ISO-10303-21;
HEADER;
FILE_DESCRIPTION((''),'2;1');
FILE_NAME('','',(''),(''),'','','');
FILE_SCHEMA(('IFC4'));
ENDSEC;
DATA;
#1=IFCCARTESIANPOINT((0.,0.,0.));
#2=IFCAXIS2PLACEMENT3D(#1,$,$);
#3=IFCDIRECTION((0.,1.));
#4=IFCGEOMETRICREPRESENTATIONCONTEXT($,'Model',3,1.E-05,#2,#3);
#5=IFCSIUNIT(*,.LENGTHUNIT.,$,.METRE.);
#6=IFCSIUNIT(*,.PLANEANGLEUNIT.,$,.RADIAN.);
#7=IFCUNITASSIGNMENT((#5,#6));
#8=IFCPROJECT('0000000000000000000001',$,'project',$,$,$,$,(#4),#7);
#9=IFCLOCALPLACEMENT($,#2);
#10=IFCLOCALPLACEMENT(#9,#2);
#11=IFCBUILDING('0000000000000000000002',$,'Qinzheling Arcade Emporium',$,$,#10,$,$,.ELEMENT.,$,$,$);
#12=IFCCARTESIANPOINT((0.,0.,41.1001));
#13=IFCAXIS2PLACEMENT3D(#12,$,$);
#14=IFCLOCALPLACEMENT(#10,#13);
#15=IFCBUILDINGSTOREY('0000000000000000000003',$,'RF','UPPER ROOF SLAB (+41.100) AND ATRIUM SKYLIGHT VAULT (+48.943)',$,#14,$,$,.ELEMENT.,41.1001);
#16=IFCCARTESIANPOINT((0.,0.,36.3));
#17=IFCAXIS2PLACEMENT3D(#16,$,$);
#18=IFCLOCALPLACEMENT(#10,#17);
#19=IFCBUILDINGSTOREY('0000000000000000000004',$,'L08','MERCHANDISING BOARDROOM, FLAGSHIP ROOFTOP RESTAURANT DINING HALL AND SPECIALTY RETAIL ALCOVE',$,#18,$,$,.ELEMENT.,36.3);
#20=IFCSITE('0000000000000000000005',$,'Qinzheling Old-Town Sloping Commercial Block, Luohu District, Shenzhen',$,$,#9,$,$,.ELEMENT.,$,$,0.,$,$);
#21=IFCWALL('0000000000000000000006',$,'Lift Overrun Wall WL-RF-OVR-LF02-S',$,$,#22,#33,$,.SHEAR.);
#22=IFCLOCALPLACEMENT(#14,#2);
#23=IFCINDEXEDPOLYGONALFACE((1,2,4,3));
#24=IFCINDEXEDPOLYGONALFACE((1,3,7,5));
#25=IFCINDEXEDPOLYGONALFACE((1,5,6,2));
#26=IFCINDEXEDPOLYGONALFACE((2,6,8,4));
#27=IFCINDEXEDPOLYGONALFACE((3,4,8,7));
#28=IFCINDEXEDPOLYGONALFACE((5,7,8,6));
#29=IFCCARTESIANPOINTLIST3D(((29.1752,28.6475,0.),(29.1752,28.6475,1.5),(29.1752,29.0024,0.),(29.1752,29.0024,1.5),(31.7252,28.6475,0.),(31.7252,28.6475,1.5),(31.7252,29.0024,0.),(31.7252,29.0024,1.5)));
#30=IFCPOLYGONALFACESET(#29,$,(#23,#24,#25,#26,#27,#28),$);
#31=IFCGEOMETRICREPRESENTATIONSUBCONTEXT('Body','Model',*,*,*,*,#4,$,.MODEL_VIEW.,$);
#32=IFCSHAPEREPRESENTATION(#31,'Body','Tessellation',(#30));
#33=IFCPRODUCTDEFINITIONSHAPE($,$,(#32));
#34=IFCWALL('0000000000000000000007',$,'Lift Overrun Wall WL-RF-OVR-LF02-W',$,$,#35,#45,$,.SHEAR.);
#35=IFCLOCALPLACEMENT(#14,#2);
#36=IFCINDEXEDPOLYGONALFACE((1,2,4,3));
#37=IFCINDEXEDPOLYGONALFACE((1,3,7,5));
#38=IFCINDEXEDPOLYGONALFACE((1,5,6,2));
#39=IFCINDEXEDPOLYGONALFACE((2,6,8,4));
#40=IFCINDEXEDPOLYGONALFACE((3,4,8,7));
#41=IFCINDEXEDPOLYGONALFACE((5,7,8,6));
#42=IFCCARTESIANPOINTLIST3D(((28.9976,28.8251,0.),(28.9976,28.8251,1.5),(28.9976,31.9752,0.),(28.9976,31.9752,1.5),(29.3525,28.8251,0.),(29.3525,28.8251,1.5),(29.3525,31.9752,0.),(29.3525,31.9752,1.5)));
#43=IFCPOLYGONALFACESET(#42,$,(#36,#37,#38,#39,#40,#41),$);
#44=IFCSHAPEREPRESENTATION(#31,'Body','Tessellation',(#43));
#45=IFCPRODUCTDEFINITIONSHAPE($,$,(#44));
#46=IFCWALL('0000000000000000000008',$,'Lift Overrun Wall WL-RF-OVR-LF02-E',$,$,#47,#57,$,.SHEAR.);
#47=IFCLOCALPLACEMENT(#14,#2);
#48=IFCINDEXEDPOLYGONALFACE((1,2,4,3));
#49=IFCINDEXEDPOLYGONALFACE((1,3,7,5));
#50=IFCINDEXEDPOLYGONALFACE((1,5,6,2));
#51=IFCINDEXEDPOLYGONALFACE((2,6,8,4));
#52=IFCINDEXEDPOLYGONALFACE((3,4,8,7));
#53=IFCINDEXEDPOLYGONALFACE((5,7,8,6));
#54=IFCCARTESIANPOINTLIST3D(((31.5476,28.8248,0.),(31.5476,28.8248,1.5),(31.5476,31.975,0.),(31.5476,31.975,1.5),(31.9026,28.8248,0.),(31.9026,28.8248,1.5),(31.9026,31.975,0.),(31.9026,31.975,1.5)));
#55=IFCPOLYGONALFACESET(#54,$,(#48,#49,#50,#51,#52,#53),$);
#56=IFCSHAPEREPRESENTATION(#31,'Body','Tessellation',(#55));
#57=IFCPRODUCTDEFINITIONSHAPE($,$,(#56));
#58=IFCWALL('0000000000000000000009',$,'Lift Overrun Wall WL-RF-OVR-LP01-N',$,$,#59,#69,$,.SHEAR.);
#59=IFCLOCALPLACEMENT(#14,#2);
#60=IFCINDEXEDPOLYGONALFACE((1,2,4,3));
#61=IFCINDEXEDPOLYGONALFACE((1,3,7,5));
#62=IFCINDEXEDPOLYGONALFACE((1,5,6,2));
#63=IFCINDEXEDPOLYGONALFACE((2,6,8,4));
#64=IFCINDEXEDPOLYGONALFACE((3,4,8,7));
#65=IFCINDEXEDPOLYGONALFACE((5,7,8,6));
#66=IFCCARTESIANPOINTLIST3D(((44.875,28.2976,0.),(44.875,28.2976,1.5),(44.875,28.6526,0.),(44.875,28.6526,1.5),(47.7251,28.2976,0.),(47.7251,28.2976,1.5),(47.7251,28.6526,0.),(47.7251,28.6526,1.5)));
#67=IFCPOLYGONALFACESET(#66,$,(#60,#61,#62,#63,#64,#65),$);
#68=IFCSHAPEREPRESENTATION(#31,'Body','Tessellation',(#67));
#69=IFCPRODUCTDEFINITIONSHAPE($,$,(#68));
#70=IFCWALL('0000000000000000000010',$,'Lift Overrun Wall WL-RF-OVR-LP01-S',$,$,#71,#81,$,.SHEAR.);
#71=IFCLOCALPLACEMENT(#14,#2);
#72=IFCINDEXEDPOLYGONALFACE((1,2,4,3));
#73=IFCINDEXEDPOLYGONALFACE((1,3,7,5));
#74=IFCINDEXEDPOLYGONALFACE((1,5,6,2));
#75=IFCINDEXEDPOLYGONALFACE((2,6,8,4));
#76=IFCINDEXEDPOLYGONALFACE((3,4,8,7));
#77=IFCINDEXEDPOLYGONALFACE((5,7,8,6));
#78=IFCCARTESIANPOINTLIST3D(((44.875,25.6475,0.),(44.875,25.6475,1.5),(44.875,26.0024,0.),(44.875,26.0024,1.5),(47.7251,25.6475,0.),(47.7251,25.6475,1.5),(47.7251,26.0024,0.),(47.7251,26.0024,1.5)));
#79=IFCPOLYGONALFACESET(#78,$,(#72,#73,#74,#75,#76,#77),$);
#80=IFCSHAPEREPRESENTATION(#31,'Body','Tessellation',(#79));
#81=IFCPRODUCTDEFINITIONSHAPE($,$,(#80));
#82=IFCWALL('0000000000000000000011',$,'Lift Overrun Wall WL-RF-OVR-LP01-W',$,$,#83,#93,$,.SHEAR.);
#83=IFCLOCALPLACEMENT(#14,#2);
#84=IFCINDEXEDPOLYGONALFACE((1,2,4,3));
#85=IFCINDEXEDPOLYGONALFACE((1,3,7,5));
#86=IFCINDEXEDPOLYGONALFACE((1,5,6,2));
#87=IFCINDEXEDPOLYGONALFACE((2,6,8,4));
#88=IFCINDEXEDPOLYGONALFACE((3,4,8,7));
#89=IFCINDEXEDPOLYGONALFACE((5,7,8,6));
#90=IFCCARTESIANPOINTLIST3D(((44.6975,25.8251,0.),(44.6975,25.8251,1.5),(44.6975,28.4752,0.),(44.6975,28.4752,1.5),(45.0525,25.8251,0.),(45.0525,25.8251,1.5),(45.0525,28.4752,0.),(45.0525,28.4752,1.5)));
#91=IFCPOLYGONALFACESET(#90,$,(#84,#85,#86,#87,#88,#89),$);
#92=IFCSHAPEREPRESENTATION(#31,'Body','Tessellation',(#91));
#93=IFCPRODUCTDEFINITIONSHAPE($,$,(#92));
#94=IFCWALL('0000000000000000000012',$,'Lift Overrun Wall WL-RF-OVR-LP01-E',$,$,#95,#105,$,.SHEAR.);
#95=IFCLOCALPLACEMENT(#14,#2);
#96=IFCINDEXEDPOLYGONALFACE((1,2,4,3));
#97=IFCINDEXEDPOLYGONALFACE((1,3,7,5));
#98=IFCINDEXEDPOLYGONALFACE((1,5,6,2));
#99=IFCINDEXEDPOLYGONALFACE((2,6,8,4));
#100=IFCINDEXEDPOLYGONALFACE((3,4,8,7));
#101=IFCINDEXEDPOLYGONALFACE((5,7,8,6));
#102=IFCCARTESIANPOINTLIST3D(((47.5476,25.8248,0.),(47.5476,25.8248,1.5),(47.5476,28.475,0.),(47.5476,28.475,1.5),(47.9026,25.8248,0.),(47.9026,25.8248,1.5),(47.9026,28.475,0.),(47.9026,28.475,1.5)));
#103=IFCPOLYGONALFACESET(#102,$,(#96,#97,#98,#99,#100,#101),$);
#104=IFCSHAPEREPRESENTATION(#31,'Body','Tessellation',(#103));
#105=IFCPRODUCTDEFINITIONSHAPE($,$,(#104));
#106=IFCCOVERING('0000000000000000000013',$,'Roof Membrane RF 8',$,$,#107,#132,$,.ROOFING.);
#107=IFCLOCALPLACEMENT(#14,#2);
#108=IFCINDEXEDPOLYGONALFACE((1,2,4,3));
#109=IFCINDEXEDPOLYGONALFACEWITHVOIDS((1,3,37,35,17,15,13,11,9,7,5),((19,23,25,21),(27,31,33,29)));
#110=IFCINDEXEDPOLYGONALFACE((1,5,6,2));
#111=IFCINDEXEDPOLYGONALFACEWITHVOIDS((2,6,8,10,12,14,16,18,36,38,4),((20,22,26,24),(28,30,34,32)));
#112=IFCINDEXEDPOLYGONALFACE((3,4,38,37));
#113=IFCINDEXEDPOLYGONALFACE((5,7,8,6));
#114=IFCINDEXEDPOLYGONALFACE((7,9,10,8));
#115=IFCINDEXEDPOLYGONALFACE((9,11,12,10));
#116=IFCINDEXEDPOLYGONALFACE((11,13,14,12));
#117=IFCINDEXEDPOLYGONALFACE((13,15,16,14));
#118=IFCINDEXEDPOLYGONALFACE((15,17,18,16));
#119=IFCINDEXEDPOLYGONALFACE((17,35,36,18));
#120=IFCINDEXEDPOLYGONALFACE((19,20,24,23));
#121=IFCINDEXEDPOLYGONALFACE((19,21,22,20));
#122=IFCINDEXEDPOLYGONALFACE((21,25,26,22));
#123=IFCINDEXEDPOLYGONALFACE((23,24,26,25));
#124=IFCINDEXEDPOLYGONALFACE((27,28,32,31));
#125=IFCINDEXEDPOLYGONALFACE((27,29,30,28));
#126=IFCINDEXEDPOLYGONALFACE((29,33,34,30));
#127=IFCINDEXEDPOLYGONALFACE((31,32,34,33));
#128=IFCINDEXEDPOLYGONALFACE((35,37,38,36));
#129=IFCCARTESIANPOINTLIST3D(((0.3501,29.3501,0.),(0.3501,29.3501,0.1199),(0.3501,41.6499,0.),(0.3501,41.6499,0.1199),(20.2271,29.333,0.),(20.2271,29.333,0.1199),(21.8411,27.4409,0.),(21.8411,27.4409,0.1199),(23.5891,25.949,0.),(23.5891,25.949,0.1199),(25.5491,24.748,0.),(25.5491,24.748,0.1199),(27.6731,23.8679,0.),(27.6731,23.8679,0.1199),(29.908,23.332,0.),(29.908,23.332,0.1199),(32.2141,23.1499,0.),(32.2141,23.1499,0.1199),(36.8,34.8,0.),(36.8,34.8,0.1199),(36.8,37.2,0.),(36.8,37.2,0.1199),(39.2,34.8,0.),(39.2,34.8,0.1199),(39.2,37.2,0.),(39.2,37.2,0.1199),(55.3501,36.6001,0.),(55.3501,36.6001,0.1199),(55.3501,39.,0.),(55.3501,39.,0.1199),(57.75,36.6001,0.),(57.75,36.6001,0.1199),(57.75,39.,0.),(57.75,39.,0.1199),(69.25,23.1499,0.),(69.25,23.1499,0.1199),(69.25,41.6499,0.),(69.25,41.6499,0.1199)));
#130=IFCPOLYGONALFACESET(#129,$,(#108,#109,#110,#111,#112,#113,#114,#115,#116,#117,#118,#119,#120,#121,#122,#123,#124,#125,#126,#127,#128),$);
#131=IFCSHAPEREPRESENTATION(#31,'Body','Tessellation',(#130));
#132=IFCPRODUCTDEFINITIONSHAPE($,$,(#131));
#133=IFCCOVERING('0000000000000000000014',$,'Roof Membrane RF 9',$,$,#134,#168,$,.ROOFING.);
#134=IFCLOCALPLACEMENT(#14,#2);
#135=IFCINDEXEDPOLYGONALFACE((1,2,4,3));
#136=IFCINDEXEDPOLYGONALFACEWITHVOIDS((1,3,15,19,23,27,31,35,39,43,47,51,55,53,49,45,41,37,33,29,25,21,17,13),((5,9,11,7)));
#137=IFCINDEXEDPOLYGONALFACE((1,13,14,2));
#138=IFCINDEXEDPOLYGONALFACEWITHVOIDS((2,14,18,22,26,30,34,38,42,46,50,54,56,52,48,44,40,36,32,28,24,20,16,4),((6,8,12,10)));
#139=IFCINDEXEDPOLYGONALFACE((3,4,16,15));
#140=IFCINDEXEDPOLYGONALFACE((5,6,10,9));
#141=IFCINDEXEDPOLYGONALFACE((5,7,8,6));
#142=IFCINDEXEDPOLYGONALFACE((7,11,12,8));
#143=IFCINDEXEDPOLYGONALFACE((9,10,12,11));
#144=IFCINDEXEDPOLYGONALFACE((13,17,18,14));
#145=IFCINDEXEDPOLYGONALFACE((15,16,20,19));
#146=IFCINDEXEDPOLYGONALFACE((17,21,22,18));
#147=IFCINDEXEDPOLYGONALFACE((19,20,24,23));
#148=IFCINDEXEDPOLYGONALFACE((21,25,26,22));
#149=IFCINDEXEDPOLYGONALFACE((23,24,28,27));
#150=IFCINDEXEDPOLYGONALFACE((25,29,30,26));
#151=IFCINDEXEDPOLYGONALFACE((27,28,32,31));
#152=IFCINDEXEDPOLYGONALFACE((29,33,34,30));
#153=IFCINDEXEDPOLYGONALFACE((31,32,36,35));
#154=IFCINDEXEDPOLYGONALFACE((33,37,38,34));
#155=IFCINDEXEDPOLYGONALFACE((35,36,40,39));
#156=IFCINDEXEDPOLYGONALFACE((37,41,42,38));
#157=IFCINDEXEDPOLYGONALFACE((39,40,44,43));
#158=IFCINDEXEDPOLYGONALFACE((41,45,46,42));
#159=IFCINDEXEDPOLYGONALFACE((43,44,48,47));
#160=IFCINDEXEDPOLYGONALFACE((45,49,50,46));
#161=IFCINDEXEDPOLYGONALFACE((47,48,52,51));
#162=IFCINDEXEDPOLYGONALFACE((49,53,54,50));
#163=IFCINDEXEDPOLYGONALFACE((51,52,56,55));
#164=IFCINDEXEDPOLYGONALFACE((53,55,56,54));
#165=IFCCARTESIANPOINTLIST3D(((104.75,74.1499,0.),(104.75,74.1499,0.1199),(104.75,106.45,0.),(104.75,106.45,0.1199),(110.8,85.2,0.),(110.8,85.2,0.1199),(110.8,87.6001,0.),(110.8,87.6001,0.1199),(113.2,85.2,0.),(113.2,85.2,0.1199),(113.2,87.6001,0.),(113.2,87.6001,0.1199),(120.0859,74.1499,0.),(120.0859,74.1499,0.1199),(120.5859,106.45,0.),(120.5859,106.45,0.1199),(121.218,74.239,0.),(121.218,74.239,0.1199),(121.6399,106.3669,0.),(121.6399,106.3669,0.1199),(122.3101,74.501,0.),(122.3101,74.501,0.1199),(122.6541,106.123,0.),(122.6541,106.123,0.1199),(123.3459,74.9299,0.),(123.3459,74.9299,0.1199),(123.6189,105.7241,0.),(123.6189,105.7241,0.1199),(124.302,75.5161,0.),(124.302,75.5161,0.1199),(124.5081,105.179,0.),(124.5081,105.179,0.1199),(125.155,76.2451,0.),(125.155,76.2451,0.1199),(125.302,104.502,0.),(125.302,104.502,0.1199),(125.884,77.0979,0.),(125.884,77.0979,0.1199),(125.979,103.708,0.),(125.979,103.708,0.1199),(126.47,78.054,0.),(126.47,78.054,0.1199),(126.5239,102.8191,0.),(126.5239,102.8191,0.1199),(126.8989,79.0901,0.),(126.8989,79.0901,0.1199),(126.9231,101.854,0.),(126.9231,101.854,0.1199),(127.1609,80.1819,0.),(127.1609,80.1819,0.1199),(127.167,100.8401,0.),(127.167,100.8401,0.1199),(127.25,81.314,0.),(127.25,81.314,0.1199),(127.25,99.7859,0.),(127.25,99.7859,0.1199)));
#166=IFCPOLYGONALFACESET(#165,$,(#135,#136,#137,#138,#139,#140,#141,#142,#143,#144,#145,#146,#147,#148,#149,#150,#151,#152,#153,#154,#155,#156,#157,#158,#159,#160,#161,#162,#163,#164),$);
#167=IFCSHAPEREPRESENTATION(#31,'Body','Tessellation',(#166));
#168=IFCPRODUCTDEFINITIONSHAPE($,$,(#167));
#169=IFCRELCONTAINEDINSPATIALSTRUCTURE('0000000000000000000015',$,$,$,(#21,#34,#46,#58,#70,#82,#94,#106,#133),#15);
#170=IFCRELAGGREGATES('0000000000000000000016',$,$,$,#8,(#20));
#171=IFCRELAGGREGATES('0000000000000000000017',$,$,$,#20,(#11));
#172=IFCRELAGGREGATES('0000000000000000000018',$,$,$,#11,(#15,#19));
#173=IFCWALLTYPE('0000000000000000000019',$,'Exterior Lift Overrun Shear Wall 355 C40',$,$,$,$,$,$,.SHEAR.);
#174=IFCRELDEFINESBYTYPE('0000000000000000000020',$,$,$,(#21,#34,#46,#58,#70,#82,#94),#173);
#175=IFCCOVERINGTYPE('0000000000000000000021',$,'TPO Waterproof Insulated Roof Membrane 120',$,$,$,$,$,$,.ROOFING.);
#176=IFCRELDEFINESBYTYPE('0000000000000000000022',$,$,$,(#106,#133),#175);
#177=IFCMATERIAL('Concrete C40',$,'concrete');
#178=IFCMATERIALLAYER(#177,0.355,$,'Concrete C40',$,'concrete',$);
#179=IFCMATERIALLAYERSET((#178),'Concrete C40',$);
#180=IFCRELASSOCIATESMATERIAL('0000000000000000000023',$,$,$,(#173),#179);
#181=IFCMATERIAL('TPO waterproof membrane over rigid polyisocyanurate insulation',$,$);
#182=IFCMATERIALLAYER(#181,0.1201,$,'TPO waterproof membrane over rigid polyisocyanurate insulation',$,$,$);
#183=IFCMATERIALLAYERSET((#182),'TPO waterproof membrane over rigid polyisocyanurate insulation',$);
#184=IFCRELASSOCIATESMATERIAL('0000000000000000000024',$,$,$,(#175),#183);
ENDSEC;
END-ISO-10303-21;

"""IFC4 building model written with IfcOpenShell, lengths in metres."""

from ifc_helpers import new_model, si_unit, direction, frame, frame_2d, origin, place, context, subcontext, project, spatial, polyline, rectangle, outline, extrude, material, layer, layer_set, type_object, element, save


model = new_model("IFC4")

# Units and contexts
model_context = context("Model", 3, precision=1e-05, world=origin(), true_north=direction((0.0, 1.0)))
body_context = subcontext(model_context, "Body", "Model", "MODEL_VIEW")
ifc_project = project(units=[si_unit("LENGTHUNIT", "METRE"), si_unit("PLANEANGLEUNIT", "RADIAN")], contexts=[model_context])

# Site, building, storey
site_placement = place(None, origin())
site = spatial("IfcSite", under=ifc_project, at=site_placement, Name="Qinzheling Old-Town Sloping Commercial Block, Luohu District, Shenzhen", CompositionType="ELEMENT", RefElevation=0.0)
building_placement = place(site_placement, origin())
building = spatial("IfcBuilding", under=site, at=building_placement, Name="Qinzheling Arcade Emporium", CompositionType="ELEMENT")
storey_1_placement = place(building_placement, frame((0.0, 0.0, 41.1001)))
storey_1 = spatial("IfcBuildingStorey", under=building, at=storey_1_placement, Name="RF", Description="UPPER ROOF SLAB (+41.100) AND ATRIUM SKYLIGHT VAULT (+48.943)", CompositionType="ELEMENT", Elevation=41.1001)

# Shared definitions
ifc_material_1 = material(Name="Concrete C40", Category="concrete")

# Shared definitions
storey_2_placement = place(building_placement, frame((0.0, 0.0, 36.3)))
storey_2 = spatial("IfcBuildingStorey", under=building, at=storey_2_placement, Name="L08", Description="MERCHANDISING BOARDROOM, FLAGSHIP ROOFTOP RESTAURANT DINING HALL AND SPECIALTY RETAIL ALCOVE", CompositionType="ELEMENT", Elevation=36.3)

# Walls
ifc_layer_1 = layer(ifc_material_1, 0.355, Name="Concrete C40", Category="concrete")
ifc_layer_set_1 = layer_set([ifc_layer_1], Name="Concrete C40")
wall_type_1 = type_object("IfcWallType", Name="Exterior Lift Overrun Shear Wall 355 C40", PredefinedType="SHEAR", material=ifc_layer_set_1)
for number, where, z_axis, x_axis, name in (
    (1, (31.7251, 28.825, 0.0), (0.0, 0.0, 1.0), (-1.0, 0.0, 0.0), "Lift Overrun Wall WL-RF-OVR-LF02-S"),
):
    element("IfcWall", number, at=place(storey_1_placement, frame(where, z_axis=z_axis, x_axis=x_axis)), inside=storey_1, type_object=wall_type_1, Name=name, PredefinedType="SHEAR", context=body_context, shape_type="SweptSolid", body=[
        extrude(rectangle(XDim=2.55, YDim=0.355, at=frame_2d((1.2749, 0.0))), origin(), (0.0, 0.0, 1.0), 1.5),
    ])
for number, where, z_axis, x_axis, name in (
    (2, (29.175, 28.825, 0.0), (0.0, 0.0, 1.0), (0.0, 1.0, 0.0), "Lift Overrun Wall WL-RF-OVR-LF02-W"),
    (3, (31.7251, 31.9751, 0.0), (0.0, 0.0, 1.0), (0.0, -1.0, 0.0), "Lift Overrun Wall WL-RF-OVR-LF02-E"),
):
    element("IfcWall", number, at=place(storey_1_placement, frame(where, z_axis=z_axis, x_axis=x_axis)), inside=storey_1, type_object=wall_type_1, Name=name, PredefinedType="SHEAR", context=body_context, shape_type="SweptSolid", body=[
        extrude(rectangle(XDim=3.1501, YDim=0.355, at=frame_2d((1.5752, 0.0))), origin(), (0.0, 0.0, 1.0), 1.5),
    ])
for number, where, z_axis, x_axis, name in (
    (4, (44.875, 28.4751, 0.0), (0.0, 0.0, 1.0), (1.0, 0.0, 0.0), "Lift Overrun Wall WL-RF-OVR-LP01-N"),
    (5, (47.7251, 25.825, 0.0), (0.0, 0.0, 1.0), (-1.0, 0.0, 0.0), "Lift Overrun Wall WL-RF-OVR-LP01-S"),
):
    element("IfcWall", number, at=place(storey_1_placement, frame(where, z_axis=z_axis, x_axis=x_axis)), inside=storey_1, type_object=wall_type_1, Name=name, PredefinedType="SHEAR", context=body_context, shape_type="SweptSolid", body=[
        extrude(rectangle(XDim=2.8501, YDim=0.355, at=frame_2d((1.425, 0.0))), origin(), (0.0, 0.0, 1.0), 1.5),
    ])
for number, where, z_axis, x_axis, name in (
    (6, (44.875, 25.825, 0.0), (0.0, 0.0, 1.0), (0.0, 1.0, 0.0), "Lift Overrun Wall WL-RF-OVR-LP01-W"),
    (7, (47.7251, 28.4751, 0.0), (0.0, 0.0, 1.0), (0.0, -1.0, 0.0), "Lift Overrun Wall WL-RF-OVR-LP01-E"),
):
    element("IfcWall", number, at=place(storey_1_placement, frame(where, z_axis=z_axis, x_axis=x_axis)), inside=storey_1, type_object=wall_type_1, Name=name, PredefinedType="SHEAR", context=body_context, shape_type="SweptSolid", body=[
        extrude(rectangle(XDim=2.6501, YDim=0.355, at=frame_2d((1.3252, 0.0))), origin(), (0.0, 0.0, 1.0), 1.5),
    ])

# Coverings
ifc_material_2 = material(Name="TPO waterproof membrane over rigid polyisocyanurate insulation")
ifc_layer_2 = layer(ifc_material_2, 0.1201, Name="TPO waterproof membrane over rigid polyisocyanurate insulation")
ifc_layer_set_2 = layer_set([ifc_layer_2], Name="TPO waterproof membrane over rigid polyisocyanurate insulation")
covering_type = type_object("IfcCoveringType", Name="TPO Waterproof Insulated Roof Membrane 120", PredefinedType="ROOFING", material=ifc_layer_set_2)
covering_1_placement = place(storey_1_placement, origin())
element("IfcCovering", 8, at=covering_1_placement, inside=storey_1, type_object=covering_type, Name="Roof Membrane RF 8", PredefinedType="ROOFING", context=body_context, shape_type="SweptSolid", body=[
    extrude(outline(polyline([(69.25, 23.1499), (32.2141, 23.1499), (29.908, 23.332), (27.6731, 23.8679), (25.5491, 24.748), (23.5891, 25.949), (21.8411, 27.4409), (20.2271, 29.333), (0.3501, 29.3501), (0.3501, 41.6499), (69.25, 41.6499), (69.25, 23.1499)]), holes=[polyline([(57.75, 39.0), (55.3501, 39.0), (55.3501, 36.6001), (57.75, 36.6001), (57.75, 39.0)]), polyline([(36.8, 37.2), (36.8, 34.8), (39.2, 34.8), (39.2, 37.2), (36.8, 37.2)])]), origin(), (0.0, 0.0, 1.0), 0.1199),
])
covering_2_placement = place(storey_1_placement, origin())
element("IfcCovering", 9, at=covering_2_placement, inside=storey_1, type_object=covering_type, Name="Roof Membrane RF 9", PredefinedType="ROOFING", context=body_context, shape_type="SweptSolid", body=[
    extrude(outline(polyline([(120.5859, 106.45), (121.6399, 106.3669), (122.6541, 106.123), (123.6189, 105.7241), (124.5081, 105.179), (125.302, 104.502), (125.979, 103.708), (126.5239, 102.8191), (126.9231, 101.854), (127.167, 100.8401), (127.25, 99.7859), (127.25, 81.314), (127.1609, 80.1819), (126.8989, 79.0901), (126.47, 78.054), (125.884, 77.0979), (125.155, 76.2451), (124.302, 75.5161), (123.3459, 74.9299), (122.3101, 74.501), (121.218, 74.239), (120.0859, 74.1499), (104.75, 74.1499), (104.75, 106.45), (120.5859, 106.45)]), holes=[polyline([(113.2, 87.6001), (110.8, 87.6001), (110.8, 85.2), (113.2, 85.2), (113.2, 87.6001)])]), origin(), (0.0, 0.0, 1.0), 0.1199),
])

save(model, "model.ifc")
